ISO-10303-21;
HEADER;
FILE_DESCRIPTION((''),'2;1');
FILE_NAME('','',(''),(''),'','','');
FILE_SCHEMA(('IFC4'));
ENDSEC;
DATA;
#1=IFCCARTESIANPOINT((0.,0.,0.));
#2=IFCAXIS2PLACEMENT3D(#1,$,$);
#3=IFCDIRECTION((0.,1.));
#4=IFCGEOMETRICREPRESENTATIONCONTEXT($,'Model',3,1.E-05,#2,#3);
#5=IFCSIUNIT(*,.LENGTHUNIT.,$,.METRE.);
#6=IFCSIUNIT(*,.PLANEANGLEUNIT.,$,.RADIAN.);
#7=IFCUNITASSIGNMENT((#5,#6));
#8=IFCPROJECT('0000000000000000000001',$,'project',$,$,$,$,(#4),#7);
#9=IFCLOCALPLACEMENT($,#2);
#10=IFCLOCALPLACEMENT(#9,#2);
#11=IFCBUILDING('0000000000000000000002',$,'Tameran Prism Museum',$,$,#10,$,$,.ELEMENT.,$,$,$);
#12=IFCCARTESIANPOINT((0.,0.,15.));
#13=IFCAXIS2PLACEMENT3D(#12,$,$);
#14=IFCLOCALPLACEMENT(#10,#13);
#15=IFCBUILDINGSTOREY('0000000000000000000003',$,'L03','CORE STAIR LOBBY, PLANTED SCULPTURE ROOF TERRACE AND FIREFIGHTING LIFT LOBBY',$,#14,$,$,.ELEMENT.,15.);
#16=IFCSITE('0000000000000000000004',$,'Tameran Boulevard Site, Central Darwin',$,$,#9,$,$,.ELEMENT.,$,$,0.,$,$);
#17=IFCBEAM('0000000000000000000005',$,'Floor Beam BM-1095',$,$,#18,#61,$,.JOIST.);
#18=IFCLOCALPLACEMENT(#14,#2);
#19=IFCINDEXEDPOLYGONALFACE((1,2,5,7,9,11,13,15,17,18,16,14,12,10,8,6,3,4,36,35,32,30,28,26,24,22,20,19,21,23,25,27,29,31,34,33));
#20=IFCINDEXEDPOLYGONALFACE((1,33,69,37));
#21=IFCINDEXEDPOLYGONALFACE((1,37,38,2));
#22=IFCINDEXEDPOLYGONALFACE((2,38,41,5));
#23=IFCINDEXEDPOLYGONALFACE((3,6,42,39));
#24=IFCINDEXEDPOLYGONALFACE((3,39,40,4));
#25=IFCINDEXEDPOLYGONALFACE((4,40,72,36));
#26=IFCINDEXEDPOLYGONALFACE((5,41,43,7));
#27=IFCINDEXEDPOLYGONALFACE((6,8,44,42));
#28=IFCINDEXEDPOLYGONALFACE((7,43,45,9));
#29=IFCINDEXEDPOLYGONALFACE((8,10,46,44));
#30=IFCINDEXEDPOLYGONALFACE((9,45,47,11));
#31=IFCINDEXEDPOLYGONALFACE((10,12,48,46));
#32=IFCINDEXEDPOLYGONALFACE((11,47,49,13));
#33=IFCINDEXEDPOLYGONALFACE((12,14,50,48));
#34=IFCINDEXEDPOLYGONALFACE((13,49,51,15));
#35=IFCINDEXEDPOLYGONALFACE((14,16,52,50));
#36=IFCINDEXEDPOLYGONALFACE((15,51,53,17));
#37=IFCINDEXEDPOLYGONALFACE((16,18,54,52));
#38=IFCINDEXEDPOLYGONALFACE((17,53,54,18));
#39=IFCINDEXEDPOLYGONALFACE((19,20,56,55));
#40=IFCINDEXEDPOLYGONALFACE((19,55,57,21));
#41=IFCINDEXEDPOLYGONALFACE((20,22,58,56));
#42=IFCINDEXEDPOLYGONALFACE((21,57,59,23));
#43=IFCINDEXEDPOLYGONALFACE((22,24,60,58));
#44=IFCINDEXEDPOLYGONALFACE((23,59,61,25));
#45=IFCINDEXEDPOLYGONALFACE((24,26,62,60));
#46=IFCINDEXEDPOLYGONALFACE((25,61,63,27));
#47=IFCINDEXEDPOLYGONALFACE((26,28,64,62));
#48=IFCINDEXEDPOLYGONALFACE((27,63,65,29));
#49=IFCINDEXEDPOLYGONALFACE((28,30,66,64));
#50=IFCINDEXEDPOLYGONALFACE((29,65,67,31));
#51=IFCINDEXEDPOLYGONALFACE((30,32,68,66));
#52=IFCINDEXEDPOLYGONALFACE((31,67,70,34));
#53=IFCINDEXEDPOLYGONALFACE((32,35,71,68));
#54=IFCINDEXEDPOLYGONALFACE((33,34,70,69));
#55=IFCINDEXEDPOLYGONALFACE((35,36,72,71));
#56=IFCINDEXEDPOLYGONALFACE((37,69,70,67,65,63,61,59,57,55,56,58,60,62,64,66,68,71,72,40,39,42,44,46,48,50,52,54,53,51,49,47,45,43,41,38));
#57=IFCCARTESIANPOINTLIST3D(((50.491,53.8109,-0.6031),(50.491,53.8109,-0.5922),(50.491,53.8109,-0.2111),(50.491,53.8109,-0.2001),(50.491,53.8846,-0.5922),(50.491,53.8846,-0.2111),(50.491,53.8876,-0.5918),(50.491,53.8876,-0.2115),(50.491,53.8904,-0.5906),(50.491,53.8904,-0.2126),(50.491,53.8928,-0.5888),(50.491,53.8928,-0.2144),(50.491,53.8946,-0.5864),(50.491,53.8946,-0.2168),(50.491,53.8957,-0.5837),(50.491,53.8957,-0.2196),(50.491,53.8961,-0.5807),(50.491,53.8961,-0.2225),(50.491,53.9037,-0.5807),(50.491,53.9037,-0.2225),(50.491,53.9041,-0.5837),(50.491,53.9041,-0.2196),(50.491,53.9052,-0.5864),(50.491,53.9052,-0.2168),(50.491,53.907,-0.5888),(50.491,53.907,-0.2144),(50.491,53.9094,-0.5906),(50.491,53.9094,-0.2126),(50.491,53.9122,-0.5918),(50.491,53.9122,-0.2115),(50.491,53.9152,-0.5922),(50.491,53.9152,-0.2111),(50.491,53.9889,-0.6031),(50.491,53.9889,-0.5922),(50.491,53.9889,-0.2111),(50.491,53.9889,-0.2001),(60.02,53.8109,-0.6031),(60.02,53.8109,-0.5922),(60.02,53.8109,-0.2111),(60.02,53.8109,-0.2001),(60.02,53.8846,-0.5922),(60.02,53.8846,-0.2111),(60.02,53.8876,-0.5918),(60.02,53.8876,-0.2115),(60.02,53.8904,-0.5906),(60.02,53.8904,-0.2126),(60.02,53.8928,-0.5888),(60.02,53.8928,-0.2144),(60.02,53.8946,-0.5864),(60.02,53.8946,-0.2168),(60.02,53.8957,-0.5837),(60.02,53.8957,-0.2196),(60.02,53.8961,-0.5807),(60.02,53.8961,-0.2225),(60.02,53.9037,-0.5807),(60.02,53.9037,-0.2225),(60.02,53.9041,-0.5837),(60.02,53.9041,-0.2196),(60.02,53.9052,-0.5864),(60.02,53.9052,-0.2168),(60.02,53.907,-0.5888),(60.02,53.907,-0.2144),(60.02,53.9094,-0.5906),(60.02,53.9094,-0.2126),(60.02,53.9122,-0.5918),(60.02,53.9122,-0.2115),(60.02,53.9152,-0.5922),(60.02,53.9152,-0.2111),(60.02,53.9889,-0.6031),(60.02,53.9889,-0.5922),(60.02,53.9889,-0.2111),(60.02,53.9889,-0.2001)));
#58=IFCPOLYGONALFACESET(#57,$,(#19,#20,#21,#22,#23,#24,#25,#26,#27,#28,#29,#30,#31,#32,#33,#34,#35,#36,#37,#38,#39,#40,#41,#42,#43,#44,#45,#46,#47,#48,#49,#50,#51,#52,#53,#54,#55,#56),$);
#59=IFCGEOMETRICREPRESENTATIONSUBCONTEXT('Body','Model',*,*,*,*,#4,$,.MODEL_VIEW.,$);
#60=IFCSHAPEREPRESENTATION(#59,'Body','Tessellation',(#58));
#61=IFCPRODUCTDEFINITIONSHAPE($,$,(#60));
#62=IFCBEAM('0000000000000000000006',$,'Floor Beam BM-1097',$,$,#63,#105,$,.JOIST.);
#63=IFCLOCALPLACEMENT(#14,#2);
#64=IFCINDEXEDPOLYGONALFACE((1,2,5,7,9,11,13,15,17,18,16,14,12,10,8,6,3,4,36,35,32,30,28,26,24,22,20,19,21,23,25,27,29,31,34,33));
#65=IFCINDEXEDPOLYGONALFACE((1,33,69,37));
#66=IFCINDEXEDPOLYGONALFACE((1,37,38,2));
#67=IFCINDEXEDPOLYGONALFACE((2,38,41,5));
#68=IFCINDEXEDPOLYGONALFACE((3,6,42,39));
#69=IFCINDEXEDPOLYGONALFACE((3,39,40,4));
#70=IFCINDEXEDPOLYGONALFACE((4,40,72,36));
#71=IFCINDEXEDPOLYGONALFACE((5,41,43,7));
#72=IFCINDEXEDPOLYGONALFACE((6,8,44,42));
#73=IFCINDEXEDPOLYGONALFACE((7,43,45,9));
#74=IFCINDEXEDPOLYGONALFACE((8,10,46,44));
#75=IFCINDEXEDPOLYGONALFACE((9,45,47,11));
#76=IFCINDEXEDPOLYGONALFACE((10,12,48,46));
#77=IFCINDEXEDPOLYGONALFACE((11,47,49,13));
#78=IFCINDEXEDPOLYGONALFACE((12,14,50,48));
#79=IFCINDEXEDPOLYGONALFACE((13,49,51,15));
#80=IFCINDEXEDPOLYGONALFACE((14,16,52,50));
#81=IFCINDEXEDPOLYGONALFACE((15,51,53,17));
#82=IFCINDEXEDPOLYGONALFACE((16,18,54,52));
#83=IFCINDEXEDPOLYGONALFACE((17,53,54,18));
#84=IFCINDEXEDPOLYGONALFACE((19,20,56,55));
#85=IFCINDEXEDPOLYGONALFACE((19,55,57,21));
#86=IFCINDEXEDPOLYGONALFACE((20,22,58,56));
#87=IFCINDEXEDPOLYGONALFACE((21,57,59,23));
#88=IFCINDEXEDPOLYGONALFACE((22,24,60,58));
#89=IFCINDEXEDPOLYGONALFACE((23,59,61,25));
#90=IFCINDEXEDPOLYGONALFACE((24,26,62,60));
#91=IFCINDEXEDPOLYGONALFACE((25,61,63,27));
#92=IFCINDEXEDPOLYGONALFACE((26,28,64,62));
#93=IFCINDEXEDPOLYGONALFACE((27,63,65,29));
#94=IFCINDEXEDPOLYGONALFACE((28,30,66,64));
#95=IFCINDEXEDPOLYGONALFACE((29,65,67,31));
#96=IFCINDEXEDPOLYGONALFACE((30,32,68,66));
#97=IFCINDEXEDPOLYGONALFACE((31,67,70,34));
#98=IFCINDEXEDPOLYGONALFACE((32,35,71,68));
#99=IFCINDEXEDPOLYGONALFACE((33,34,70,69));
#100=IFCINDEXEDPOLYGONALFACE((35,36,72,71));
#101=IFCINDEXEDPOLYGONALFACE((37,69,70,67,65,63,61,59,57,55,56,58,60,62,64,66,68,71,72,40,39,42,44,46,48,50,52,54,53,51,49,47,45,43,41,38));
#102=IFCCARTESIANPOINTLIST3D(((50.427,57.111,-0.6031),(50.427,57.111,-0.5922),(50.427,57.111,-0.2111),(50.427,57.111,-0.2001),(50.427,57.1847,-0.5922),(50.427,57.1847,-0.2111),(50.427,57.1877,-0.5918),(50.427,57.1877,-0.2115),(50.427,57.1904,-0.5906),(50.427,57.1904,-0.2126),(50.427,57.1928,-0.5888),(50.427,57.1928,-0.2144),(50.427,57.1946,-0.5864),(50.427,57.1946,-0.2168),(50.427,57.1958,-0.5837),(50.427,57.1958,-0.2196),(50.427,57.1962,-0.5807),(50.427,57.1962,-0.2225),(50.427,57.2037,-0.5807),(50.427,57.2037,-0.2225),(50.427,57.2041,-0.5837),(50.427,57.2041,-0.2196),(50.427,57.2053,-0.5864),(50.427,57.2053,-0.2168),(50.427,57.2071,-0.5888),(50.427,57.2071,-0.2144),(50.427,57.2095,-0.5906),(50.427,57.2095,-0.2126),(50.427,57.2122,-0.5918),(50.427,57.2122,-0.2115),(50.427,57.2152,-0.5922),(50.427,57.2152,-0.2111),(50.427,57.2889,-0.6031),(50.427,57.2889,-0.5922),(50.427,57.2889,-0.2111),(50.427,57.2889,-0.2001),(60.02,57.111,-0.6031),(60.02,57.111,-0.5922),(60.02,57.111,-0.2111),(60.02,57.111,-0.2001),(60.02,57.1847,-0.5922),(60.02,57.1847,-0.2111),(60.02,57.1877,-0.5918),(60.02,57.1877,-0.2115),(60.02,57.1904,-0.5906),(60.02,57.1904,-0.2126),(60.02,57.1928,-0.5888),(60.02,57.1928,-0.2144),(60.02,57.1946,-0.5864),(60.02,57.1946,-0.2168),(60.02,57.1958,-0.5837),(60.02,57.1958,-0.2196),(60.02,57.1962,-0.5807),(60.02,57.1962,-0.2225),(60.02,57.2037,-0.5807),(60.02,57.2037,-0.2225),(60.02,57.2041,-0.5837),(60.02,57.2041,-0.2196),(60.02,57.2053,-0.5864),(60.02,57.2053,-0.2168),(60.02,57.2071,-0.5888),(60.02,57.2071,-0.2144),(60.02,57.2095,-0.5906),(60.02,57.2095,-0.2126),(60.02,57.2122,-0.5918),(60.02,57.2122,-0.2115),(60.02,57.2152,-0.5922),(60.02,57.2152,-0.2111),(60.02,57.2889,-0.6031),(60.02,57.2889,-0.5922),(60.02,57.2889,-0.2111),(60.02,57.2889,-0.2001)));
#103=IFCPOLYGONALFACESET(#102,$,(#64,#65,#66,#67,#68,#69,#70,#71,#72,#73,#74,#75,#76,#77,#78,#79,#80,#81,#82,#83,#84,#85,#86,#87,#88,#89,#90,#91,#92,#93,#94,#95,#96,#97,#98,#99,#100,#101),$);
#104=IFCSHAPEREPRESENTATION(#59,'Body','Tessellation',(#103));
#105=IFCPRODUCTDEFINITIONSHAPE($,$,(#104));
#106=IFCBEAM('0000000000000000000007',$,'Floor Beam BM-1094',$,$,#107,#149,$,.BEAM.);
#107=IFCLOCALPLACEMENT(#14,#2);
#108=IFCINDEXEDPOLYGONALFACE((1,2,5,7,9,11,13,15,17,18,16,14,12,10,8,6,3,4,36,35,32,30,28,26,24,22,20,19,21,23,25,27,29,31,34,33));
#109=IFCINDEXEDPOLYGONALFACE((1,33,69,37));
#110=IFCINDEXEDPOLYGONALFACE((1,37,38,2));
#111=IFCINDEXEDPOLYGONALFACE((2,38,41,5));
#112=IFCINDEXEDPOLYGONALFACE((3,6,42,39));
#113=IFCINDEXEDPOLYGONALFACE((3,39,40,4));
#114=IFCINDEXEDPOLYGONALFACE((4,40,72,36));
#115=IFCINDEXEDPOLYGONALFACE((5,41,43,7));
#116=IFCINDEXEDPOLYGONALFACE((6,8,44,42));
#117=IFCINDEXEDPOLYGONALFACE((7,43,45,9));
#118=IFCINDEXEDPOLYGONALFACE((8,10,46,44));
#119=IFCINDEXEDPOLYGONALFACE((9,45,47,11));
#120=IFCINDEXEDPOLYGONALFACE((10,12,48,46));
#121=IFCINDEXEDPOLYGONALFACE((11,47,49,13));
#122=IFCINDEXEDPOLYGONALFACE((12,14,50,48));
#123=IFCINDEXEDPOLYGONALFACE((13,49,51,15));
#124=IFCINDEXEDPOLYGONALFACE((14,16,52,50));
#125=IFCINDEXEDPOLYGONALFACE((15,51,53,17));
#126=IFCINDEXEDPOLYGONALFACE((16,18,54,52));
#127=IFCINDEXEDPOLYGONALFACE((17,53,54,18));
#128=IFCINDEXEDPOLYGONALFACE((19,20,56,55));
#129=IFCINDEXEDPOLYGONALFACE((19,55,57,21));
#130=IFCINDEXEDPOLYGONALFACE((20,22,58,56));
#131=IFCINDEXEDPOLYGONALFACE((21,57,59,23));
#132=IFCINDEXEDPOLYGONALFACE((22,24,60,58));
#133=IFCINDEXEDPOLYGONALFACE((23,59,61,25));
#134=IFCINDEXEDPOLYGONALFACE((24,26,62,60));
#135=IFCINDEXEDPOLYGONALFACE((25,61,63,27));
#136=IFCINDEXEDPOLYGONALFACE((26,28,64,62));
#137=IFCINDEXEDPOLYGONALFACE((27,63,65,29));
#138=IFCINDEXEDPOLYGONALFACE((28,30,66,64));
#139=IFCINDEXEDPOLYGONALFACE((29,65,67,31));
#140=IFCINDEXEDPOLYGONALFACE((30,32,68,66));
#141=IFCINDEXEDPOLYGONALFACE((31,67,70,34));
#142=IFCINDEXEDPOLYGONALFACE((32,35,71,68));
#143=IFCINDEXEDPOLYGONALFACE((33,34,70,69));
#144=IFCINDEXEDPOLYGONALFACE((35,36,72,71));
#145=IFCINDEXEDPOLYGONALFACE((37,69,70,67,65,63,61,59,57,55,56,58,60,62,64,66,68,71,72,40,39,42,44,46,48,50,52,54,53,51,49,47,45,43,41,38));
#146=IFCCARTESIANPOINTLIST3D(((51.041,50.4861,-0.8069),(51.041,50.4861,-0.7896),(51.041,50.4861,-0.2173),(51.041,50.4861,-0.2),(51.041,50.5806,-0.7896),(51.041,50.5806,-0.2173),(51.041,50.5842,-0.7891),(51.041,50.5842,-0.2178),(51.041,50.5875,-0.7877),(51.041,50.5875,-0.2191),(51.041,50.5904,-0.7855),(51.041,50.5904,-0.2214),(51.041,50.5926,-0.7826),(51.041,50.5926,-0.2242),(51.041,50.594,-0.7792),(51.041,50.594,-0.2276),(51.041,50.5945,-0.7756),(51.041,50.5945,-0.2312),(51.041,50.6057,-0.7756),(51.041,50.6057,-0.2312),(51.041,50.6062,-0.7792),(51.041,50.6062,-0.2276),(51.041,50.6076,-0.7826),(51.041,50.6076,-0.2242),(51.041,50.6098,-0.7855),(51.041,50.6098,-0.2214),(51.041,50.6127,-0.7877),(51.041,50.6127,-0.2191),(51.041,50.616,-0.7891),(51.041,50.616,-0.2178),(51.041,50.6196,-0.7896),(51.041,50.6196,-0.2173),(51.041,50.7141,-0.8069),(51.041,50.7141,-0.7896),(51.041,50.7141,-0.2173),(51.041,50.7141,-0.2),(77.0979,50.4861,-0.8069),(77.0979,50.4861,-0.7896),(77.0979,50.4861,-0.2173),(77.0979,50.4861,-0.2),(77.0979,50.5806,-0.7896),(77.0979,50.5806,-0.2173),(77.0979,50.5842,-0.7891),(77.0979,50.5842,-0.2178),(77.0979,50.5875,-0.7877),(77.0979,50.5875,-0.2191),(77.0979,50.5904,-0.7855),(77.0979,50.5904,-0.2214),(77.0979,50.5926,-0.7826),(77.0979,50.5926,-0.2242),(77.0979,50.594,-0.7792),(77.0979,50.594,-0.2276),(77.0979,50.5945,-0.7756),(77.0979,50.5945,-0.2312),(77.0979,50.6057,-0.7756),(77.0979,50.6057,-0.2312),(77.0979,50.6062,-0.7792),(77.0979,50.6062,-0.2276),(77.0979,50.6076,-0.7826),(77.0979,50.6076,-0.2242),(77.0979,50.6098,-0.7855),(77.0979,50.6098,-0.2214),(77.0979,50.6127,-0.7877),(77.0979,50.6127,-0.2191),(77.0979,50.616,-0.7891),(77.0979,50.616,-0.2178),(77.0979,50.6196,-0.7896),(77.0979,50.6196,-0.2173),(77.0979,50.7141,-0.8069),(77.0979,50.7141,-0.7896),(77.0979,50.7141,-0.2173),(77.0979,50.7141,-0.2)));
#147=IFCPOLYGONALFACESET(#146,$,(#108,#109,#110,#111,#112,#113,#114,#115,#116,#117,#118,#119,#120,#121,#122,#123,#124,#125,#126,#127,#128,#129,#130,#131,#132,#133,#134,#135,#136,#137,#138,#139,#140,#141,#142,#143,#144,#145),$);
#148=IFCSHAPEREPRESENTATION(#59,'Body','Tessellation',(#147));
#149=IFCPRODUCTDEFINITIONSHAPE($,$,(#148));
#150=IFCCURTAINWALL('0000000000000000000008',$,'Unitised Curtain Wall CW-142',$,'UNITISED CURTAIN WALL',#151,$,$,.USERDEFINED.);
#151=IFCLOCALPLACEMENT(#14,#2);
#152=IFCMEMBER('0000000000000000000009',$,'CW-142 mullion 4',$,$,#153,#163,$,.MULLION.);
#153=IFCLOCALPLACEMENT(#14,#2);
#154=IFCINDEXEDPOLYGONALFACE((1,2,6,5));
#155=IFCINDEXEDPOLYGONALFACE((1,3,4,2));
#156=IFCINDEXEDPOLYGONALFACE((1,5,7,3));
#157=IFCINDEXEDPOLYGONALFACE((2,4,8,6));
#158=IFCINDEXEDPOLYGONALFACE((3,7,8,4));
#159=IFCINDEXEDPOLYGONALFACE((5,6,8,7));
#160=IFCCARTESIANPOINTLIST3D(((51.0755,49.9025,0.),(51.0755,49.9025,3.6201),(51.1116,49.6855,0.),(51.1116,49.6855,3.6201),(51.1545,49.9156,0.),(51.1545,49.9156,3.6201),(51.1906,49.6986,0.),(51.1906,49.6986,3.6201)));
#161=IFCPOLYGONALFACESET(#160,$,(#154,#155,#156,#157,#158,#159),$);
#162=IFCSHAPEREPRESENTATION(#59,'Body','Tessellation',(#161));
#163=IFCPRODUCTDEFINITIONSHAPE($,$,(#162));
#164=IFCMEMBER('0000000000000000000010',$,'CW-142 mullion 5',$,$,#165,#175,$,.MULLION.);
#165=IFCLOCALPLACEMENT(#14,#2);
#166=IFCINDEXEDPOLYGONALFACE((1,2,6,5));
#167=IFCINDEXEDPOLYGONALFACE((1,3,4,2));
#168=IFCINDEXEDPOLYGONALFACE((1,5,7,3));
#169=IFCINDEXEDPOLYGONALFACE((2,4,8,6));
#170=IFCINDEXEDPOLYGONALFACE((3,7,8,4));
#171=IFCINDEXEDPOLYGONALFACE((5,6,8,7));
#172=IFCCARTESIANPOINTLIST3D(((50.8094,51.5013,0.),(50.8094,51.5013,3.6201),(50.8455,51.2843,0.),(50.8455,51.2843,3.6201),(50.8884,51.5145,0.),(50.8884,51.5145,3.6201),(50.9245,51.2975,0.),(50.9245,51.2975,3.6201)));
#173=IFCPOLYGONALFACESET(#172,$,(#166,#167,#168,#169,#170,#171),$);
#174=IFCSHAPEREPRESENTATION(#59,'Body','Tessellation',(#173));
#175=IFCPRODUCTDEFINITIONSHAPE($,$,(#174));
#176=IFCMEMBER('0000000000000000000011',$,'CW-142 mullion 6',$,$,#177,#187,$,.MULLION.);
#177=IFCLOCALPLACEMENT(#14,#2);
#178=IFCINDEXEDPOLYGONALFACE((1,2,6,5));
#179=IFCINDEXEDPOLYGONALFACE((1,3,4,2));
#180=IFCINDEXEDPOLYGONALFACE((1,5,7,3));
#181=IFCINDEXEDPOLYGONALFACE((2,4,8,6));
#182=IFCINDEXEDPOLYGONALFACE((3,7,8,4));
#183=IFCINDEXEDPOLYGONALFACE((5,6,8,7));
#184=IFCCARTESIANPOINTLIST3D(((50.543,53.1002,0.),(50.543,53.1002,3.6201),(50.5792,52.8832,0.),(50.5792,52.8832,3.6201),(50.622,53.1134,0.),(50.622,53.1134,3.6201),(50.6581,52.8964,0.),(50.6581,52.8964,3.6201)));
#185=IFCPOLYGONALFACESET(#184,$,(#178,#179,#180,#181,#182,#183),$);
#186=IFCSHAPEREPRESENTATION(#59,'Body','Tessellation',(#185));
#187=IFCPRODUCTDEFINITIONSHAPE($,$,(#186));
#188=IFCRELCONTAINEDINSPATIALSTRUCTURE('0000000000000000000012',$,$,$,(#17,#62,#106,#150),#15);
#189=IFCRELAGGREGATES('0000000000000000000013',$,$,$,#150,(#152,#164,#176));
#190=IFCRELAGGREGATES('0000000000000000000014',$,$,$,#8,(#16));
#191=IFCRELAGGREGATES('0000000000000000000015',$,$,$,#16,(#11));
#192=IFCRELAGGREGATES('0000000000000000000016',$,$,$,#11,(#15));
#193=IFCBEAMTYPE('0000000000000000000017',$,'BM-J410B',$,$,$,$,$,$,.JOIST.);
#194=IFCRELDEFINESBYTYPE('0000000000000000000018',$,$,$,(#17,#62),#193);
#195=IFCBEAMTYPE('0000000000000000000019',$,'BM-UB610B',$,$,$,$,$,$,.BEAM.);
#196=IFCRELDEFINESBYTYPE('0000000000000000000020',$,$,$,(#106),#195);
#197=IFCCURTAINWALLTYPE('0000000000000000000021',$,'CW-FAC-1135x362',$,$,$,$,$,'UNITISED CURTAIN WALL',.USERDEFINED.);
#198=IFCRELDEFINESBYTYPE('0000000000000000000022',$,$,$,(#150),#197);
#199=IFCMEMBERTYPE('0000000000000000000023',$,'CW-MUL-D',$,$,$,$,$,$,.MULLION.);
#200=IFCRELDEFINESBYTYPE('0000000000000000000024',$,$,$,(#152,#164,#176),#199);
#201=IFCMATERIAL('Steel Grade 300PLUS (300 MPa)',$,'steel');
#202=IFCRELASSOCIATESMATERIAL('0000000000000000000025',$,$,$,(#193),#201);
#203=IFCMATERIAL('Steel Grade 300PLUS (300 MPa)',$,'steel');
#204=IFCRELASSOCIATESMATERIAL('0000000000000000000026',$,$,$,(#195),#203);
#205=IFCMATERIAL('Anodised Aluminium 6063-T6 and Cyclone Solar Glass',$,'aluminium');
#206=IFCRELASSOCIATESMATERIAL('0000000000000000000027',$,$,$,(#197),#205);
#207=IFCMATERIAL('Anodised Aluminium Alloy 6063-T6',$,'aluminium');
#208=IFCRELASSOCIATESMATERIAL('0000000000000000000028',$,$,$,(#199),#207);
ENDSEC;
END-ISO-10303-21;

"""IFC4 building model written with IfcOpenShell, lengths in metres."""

from ifc_helpers import new_model, si_unit, direction, frame, origin, origin_2d, place, context, subcontext, project, spatial, rectangle, i_section, extrude, material, material_profile, profile_set, type_object, element, aggregate, save


model = new_model("IFC4")

# Units and contexts
model_context = context("Model", 3, precision=1e-05, world=origin(), true_north=direction((0.0, 1.0)))
body_context = subcontext(model_context, "Body", "Model", "MODEL_VIEW")
ifc_project = project(units=[si_unit("LENGTHUNIT", "METRE"), si_unit("PLANEANGLEUNIT", "RADIAN")], contexts=[model_context])

# Site, building, storey
site_placement = place(None, origin())
site = spatial("IfcSite", under=ifc_project, at=site_placement, Name="Tameran Boulevard Site, Central Darwin", CompositionType="ELEMENT", RefElevation=0.0)
building_placement = place(site_placement, origin())
building = spatial("IfcBuilding", under=site, at=building_placement, Name="Tameran Prism Museum", CompositionType="ELEMENT")
storey_placement = place(building_placement, frame((0.0, 0.0, 15.0)))
storey = spatial("IfcBuildingStorey", under=building, at=storey_placement, Name="L03", Description="CORE STAIR LOBBY, PLANTED SCULPTURE ROOF TERRACE AND FIREFIGHTING LIFT LOBBY", CompositionType="ELEMENT", Elevation=15.0)

# Beams
ifc_material_1 = material(Name="Steel Grade 300PLUS (300 MPa)", Category="steel")
ifc_material_profile_1 = material_profile(ifc_material_1, i_section(OverallWidth=0.178, OverallDepth=0.4031, WebThickness=0.0076, FlangeThickness=0.011, FilletRadius=0.0115, at=origin_2d()))
ifc_profile_set_1 = profile_set([ifc_material_profile_1])
beam_type_1 = type_object("IfcBeamType", Name="BM-J410B", PredefinedType="JOIST", material=ifc_profile_set_1)
beam_1_placement = place(storey_placement, frame((50.491, 53.8999, -0.4016), z_axis=(1.0, 0.0, 0.0), x_axis=(0.0, 1.0, 0.0)))
element("IfcBeam", 1, at=beam_1_placement, inside=storey, type_object=beam_type_1, Name="Floor Beam BM-1095", PredefinedType="JOIST", context=body_context, shape_type="SweptSolid", body=[
    extrude(i_section(OverallWidth=0.178, OverallDepth=0.4031, WebThickness=0.0076, FlangeThickness=0.011, FilletRadius=0.0115, at=origin_2d()), origin(), (0.0, 0.0, 1.0), 9.5291),
])
beam_2_placement = place(storey_placement, frame((50.427, 57.2, -0.4016), z_axis=(1.0, 0.0, 0.0), x_axis=(0.0, 1.0, 0.0)))
element("IfcBeam", 2, at=beam_2_placement, inside=storey, type_object=beam_type_1, Name="Floor Beam BM-1097", PredefinedType="JOIST", context=body_context, shape_type="SweptSolid", body=[
    extrude(i_section(OverallWidth=0.178, OverallDepth=0.4031, WebThickness=0.0076, FlangeThickness=0.011, FilletRadius=0.0115, at=origin_2d()), origin(), (0.0, 0.0, 1.0), 9.593),
])
ifc_material_2 = material(Name="Steel Grade 300PLUS (300 MPa)", Category="steel")
ifc_material_profile_2 = material_profile(ifc_material_2, i_section(OverallWidth=0.228, OverallDepth=0.6069, WebThickness=0.0112, FlangeThickness=0.0173, FilletRadius=0.0139, at=origin_2d()))
ifc_profile_set_2 = profile_set([ifc_material_profile_2])
beam_type_2 = type_object("IfcBeamType", Name="BM-UB610B", PredefinedType="BEAM", material=ifc_profile_set_2)
beam_3_placement = place(storey_placement, frame((51.041, 50.6001, -0.5034), z_axis=(1.0, 0.0, 0.0), x_axis=(0.0, 1.0, 0.0)))
element("IfcBeam", 3, at=beam_3_placement, inside=storey, type_object=beam_type_2, Name="Floor Beam BM-1094", PredefinedType="BEAM", context=body_context, shape_type="SweptSolid", body=[
    extrude(i_section(OverallWidth=0.228, OverallDepth=0.6069, WebThickness=0.0112, FlangeThickness=0.0173, FilletRadius=0.0139, at=origin_2d()), origin(), (0.0, 0.0, 1.0), 26.0569),
])

# Curtain wall, members
ifc_material_3 = material(Name="Anodised Aluminium 6063-T6 and Cyclone Solar Glass", Category="aluminium")
curtain_wall_type = type_object("IfcCurtainWallType", Name="CW-FAC-1135x362", ElementType="UNITISED CURTAIN WALL", PredefinedType="USERDEFINED", material=ifc_material_3)
curtain_wall_placement = place(storey_placement, origin())
curtain_wall = element("IfcCurtainWall", 4, at=curtain_wall_placement, inside=storey, type_object=curtain_wall_type, Name="Unitised Curtain Wall CW-142", ObjectType="UNITISED CURTAIN WALL", PredefinedType="USERDEFINED")
ifc_material_4 = material(Name="Anodised Aluminium Alloy 6063-T6", Category="aluminium")
ifc_material_profile_3 = material_profile(ifc_material_4, rectangle(XDim=0.0801, YDim=0.22, at=origin_2d()))
ifc_profile_set_3 = profile_set([ifc_material_profile_3])
member_type_1 = type_object("IfcMemberType", Name="CW-MUL-D", PredefinedType="MULLION", material=ifc_profile_set_3)
member_1_placement = place(storey_placement, frame((51.1331, 49.8005, 0.0), z_axis=(0.0, 0.0, 1.0), x_axis=(-0.986413, -0.164285, 0.0)))
member_1 = element("IfcMember", 5, at=member_1_placement, type_object=member_type_1, Name="CW-142 mullion 4", PredefinedType="MULLION", context=body_context, shape_type="SweptSolid", body=[
    extrude(rectangle(XDim=0.0801, YDim=0.22, at=origin_2d()), origin(), (0.0, 0.0, 1.0), 3.6201),
])
member_2_placement = place(storey_placement, frame((50.8669, 51.3994, 0.0), z_axis=(0.0, 0.0, 1.0), x_axis=(-0.986413, -0.164285, 0.0)))
member_2 = element("IfcMember", 6, at=member_2_placement, type_object=member_type_1, Name="CW-142 mullion 5", PredefinedType="MULLION", context=body_context, shape_type="SweptSolid", body=[
    extrude(rectangle(XDim=0.0801, YDim=0.22, at=origin_2d()), origin(), (0.0, 0.0, 1.0), 3.6201),
])
member_3_placement = place(storey_placement, frame((50.6006, 52.9983, 0.0), z_axis=(0.0, 0.0, 1.0), x_axis=(-0.986413, -0.164285, 0.0)))
member_3 = element("IfcMember", 7, at=member_3_placement, type_object=member_type_1, Name="CW-142 mullion 6", PredefinedType="MULLION", context=body_context, shape_type="SweptSolid", body=[
    extrude(rectangle(XDim=0.0801, YDim=0.22, at=origin_2d()), origin(), (0.0, 0.0, 1.0), 3.6201),
])
aggregate(curtain_wall, [member_1, member_2, member_3])

save(model, "model.ifc")
